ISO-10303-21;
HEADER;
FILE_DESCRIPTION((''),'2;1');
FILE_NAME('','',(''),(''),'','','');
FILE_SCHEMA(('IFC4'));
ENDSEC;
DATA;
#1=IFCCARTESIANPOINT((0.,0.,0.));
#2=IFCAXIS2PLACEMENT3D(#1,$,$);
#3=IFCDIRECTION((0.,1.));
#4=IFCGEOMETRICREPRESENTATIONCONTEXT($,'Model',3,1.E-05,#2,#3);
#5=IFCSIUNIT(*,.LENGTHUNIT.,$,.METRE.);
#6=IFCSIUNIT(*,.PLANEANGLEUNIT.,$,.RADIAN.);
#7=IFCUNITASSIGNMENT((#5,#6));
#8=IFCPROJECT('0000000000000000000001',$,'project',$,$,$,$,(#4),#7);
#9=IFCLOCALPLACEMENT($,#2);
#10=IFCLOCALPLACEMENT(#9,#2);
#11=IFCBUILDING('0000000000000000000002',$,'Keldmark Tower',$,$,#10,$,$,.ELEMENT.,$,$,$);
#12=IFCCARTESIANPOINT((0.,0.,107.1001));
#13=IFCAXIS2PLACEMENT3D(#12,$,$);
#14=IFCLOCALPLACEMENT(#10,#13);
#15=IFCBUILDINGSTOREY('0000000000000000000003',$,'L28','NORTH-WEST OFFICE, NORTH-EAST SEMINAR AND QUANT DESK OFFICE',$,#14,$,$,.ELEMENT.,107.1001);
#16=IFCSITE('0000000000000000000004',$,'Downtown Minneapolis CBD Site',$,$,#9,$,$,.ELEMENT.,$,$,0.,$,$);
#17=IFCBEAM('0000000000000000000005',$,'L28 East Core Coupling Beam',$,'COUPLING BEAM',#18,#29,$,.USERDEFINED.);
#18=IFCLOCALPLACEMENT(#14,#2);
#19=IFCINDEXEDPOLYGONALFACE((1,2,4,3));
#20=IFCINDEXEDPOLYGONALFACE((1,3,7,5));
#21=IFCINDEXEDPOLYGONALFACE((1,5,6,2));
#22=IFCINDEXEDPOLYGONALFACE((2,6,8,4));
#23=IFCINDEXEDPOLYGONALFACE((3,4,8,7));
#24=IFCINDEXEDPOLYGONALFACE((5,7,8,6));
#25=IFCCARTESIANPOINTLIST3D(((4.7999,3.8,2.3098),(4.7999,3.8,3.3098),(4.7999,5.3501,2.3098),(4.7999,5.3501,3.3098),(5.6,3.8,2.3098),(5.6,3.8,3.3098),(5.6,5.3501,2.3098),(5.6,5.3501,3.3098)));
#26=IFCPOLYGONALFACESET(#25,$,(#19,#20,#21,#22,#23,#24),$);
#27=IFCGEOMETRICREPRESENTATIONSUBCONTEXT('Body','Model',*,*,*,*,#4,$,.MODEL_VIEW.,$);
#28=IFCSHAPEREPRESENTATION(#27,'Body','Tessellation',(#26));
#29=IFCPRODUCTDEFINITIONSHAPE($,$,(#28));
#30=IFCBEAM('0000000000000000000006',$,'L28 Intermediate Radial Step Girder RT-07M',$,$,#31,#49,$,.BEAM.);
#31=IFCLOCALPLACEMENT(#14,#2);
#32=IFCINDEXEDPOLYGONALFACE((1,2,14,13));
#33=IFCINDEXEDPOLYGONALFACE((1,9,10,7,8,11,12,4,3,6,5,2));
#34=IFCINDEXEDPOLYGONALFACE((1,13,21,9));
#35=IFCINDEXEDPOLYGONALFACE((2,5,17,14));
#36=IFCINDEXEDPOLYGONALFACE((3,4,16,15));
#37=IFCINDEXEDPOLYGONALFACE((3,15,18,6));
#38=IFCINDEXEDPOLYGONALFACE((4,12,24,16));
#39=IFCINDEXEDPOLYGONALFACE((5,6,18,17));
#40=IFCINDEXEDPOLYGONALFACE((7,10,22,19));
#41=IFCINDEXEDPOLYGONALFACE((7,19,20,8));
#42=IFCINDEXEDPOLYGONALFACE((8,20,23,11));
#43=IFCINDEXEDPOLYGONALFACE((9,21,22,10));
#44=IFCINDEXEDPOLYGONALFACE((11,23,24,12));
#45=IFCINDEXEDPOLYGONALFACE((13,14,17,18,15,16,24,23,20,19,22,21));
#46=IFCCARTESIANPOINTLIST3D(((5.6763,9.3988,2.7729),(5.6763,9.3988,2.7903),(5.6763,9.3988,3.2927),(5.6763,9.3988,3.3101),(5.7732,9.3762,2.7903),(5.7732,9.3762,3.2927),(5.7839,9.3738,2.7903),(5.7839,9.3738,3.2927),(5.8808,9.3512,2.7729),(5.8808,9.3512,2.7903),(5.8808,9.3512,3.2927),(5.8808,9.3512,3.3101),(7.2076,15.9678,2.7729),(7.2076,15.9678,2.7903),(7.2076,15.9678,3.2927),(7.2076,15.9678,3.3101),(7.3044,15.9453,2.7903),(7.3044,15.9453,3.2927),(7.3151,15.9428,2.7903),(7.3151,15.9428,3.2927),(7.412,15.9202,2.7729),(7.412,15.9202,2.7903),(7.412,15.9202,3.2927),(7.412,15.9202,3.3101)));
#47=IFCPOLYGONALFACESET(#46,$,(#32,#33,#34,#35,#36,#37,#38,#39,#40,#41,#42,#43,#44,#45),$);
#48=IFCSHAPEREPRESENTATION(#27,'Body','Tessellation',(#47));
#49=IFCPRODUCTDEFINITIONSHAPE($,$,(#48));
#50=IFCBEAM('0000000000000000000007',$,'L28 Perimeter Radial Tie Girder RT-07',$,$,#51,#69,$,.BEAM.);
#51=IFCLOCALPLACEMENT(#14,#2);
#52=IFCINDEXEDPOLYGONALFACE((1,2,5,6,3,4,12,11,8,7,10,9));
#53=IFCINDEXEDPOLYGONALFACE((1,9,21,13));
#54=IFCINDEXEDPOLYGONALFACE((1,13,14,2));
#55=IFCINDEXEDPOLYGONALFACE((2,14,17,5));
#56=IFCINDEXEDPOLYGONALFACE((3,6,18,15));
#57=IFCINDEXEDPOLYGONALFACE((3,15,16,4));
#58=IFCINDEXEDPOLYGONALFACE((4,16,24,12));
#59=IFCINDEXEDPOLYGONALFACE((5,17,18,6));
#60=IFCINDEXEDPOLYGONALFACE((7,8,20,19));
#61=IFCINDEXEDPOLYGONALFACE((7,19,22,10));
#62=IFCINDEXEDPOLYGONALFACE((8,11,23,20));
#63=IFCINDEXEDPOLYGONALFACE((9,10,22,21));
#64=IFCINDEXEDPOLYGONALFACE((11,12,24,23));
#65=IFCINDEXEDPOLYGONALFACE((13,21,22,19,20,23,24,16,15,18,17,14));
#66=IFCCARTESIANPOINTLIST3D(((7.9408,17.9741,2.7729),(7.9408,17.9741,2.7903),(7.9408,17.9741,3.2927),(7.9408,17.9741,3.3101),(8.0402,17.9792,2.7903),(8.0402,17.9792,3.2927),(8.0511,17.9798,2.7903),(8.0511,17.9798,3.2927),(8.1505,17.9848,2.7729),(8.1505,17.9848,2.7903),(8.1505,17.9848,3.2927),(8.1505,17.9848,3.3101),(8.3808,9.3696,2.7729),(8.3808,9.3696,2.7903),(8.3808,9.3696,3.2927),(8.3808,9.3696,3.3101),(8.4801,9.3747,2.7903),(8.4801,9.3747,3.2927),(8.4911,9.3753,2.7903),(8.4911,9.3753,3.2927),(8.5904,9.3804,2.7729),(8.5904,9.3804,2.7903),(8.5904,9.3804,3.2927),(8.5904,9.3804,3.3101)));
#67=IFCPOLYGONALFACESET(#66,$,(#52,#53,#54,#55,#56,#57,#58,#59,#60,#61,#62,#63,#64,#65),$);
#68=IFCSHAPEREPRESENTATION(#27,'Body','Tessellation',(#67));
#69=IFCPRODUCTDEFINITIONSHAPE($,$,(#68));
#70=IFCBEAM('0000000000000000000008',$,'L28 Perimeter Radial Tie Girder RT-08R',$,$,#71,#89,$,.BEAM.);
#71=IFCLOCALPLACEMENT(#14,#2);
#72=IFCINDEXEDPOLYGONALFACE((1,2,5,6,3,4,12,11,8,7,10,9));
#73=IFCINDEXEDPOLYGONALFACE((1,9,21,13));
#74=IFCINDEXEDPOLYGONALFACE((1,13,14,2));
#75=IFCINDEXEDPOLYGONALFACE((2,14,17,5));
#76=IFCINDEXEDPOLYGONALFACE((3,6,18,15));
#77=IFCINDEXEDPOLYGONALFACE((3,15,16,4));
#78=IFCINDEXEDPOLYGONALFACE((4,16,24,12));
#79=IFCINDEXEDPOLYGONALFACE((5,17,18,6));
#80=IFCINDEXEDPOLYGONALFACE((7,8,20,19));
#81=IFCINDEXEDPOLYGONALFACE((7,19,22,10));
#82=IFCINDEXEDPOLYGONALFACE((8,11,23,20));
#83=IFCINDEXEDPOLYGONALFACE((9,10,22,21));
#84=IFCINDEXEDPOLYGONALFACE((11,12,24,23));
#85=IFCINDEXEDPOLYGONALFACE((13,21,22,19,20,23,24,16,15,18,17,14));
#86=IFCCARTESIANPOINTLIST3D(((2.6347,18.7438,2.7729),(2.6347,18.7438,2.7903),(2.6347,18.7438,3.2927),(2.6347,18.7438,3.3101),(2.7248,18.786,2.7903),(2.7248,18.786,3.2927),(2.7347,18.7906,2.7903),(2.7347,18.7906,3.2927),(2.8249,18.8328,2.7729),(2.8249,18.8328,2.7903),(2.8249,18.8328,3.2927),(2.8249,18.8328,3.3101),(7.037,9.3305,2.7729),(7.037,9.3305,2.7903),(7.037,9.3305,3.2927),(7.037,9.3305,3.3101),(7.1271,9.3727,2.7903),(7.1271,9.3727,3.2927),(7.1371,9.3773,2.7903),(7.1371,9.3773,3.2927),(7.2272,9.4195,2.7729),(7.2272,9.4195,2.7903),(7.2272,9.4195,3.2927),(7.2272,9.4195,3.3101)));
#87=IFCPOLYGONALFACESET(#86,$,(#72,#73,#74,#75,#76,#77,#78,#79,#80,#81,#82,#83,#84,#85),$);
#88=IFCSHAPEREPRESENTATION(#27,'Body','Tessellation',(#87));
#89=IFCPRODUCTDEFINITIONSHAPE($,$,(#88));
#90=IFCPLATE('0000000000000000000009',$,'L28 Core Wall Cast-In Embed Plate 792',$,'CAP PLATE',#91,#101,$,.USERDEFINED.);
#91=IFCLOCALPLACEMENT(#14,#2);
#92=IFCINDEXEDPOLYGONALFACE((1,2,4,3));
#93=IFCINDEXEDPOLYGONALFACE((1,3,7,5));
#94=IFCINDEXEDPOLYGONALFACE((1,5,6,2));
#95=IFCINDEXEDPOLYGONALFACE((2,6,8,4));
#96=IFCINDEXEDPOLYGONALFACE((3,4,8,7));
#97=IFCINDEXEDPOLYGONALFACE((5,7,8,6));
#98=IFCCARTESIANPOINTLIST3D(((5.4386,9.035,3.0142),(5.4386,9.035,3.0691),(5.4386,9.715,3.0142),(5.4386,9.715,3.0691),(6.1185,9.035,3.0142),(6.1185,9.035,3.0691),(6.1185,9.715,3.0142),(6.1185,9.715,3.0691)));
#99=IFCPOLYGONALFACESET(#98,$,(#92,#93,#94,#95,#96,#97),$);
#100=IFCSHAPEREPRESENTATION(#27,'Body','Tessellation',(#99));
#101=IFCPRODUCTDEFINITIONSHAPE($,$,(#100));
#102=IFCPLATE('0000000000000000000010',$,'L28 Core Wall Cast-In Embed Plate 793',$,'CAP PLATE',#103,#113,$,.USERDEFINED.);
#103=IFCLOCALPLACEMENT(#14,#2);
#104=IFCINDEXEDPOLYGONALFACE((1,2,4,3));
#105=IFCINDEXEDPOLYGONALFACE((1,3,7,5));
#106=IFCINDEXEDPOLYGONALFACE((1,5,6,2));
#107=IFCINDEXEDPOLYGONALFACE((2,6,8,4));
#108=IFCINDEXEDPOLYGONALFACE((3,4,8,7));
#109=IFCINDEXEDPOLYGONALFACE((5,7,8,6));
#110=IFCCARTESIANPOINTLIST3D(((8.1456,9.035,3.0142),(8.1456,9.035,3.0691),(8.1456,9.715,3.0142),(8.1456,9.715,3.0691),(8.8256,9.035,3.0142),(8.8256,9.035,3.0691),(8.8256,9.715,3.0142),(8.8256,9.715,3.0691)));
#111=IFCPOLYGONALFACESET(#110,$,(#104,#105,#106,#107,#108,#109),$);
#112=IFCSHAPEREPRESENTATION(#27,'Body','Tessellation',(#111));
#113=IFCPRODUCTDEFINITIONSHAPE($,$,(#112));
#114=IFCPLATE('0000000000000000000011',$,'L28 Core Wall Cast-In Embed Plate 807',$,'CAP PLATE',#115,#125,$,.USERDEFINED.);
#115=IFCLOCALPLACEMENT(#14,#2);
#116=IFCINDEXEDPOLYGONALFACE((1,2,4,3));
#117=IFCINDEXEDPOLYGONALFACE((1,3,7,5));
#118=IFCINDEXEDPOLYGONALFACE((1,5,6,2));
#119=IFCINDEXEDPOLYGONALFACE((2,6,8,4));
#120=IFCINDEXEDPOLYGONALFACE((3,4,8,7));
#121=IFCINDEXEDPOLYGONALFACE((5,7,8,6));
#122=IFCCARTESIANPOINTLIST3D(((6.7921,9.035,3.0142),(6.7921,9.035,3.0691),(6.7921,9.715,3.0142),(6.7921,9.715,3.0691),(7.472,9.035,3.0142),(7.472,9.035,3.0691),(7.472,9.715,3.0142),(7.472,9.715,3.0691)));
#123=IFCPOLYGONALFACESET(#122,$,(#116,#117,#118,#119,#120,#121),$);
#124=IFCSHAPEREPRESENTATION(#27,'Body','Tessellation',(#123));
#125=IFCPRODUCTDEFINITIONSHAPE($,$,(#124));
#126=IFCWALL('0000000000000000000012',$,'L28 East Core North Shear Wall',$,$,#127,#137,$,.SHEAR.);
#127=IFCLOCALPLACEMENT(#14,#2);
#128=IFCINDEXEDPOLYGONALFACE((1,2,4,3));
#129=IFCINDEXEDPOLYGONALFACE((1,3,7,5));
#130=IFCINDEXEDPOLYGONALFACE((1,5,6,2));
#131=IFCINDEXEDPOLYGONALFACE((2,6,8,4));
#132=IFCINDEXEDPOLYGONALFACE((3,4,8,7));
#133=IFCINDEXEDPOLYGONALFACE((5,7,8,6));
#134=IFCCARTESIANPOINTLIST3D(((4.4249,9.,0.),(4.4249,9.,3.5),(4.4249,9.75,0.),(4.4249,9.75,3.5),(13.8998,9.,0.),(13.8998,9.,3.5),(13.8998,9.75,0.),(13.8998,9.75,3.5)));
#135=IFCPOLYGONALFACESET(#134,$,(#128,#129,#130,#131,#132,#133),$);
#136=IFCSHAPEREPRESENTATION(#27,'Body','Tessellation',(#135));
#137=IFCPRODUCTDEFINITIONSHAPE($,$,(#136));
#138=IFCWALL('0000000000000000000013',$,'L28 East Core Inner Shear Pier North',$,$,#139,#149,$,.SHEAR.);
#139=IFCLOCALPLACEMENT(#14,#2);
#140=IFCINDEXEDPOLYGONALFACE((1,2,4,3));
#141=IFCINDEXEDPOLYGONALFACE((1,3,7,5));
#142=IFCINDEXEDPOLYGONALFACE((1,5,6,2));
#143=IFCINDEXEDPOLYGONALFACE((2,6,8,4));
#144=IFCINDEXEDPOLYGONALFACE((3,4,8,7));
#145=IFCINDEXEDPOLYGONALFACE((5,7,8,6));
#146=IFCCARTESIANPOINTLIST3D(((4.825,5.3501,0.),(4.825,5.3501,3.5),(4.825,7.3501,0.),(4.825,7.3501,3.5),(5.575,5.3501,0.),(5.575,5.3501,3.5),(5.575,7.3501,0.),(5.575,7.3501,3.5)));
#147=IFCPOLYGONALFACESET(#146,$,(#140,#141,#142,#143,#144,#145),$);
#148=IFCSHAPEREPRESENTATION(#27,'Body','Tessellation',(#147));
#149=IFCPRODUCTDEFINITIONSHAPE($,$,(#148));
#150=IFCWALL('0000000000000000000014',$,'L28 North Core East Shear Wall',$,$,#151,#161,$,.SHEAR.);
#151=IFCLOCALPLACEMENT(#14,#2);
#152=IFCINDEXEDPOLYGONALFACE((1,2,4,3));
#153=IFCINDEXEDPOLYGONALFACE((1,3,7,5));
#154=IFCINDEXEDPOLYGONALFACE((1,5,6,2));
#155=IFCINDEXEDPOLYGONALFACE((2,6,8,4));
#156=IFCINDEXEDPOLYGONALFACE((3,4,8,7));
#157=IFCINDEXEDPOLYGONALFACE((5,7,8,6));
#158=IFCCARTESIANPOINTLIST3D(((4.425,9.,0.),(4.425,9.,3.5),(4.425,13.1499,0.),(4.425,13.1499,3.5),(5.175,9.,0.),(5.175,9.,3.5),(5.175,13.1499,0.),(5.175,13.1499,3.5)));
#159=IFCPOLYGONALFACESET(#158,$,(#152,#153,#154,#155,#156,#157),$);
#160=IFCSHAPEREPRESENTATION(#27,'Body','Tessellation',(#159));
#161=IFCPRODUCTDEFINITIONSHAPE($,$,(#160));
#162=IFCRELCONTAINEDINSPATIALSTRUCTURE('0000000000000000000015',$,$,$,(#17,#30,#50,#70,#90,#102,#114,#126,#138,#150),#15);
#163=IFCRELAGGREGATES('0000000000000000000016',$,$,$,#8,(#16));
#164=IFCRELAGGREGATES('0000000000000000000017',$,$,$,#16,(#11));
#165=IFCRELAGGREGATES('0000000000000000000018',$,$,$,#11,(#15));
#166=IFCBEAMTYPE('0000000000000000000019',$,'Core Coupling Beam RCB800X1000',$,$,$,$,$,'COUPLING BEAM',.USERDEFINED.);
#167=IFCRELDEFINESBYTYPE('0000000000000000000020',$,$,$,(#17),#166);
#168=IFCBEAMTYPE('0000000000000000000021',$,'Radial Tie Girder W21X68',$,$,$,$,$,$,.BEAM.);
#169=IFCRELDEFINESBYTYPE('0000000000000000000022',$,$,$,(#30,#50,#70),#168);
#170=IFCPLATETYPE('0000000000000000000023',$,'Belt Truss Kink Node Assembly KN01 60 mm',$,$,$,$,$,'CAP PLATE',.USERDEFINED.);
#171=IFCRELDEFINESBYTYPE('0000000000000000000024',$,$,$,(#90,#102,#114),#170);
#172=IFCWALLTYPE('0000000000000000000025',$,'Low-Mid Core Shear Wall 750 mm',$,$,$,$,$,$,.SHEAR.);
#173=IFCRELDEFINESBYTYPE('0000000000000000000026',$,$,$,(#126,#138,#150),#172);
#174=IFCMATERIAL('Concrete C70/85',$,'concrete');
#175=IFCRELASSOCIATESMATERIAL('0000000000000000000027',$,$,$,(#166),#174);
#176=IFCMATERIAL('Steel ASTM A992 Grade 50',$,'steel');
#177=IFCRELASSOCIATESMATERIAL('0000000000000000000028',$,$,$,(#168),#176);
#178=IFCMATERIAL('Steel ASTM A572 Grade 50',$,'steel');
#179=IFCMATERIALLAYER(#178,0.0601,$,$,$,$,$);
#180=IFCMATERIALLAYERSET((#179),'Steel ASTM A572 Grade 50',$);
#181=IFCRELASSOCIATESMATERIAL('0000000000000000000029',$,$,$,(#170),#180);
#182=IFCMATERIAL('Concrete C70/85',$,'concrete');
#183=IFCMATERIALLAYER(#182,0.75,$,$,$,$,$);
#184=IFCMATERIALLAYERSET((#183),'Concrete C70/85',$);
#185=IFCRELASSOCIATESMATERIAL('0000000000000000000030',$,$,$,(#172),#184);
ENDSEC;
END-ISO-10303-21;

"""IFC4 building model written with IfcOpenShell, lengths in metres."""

from ifc_helpers import new_model, si_unit, direction, frame, frame_2d, origin, origin_2d, place, context, subcontext, project, spatial, rectangle, i_section, extrude, material, layer, layer_set, material_profile, profile_set, type_object, element, save


model = new_model("IFC4")

# Units and contexts
model_context = context("Model", 3, precision=1e-05, world=origin(), true_north=direction((0.0, 1.0)))
body_context = subcontext(model_context, "Body", "Model", "MODEL_VIEW")
ifc_project = project(units=[si_unit("LENGTHUNIT", "METRE"), si_unit("PLANEANGLEUNIT", "RADIAN")], contexts=[model_context])

# Site, building, storey
site_placement = place(None, origin())
site = spatial("IfcSite", under=ifc_project, at=site_placement, Name="Downtown Minneapolis CBD Site", CompositionType="ELEMENT", RefElevation=0.0)
building_placement = place(site_placement, origin())
building = spatial("IfcBuilding", under=site, at=building_placement, Name="Keldmark Tower", CompositionType="ELEMENT")
storey_placement = place(building_placement, frame((0.0, 0.0, 107.1001)))
storey = spatial("IfcBuildingStorey", under=building, at=storey_placement, Name="L28", Description="NORTH-WEST OFFICE, NORTH-EAST SEMINAR AND QUANT DESK OFFICE", CompositionType="ELEMENT", Elevation=107.1001)

# Beams
ifc_material_1 = material(Name="Concrete C70/85", Category="concrete")
ifc_material_profile_1 = material_profile(ifc_material_1, rectangle(XDim=0.8, YDim=1.0, at=origin_2d()), Name="RCB800X1000")
ifc_profile_set_1 = profile_set([ifc_material_profile_1], Name="Concrete C70/85")
beam_type_1 = type_object("IfcBeamType", Name="Core Coupling Beam RCB800X1000", ElementType="COUPLING BEAM", PredefinedType="USERDEFINED", material=ifc_profile_set_1)
beam_1_placement = place(storey_placement, frame((5.2, 3.8, 2.8098), z_axis=(0.0, 1.0, 0.0), x_axis=(-1.0, 0.0, 0.0)))
element("IfcBeam", 1, at=beam_1_placement, inside=storey, type_object=beam_type_1, Name="L28 East Core Coupling Beam", ObjectType="COUPLING BEAM", PredefinedType="USERDEFINED", context=body_context, shape_type="SweptSolid", body=[
    extrude(rectangle(XDim=0.8, YDim=1.0, at=origin_2d()), origin(), (0.0, 0.0, 1.0), 1.55),
])
ifc_material_2 = material(Name="Steel ASTM A992 Grade 50", Category="steel")
ifc_material_profile_2 = material_profile(ifc_material_2, i_section(OverallWidth=0.21, OverallDepth=0.5371, WebThickness=0.011, FlangeThickness=0.0173, at=origin_2d()), Name="W21X68")
ifc_profile_set_2 = profile_set([ifc_material_profile_2], Name="Steel ASTM A992 Grade 50")
beam_type_2 = type_object("IfcBeamType", Name="Radial Tie Girder W21X68", PredefinedType="BEAM", material=ifc_profile_set_2)
beam_2_placement = place(storey_placement, frame((5.7786, 9.375, 3.0415), z_axis=(0.227013, 0.973892, 0.0), x_axis=(-0.973892, 0.227013, 0.0)))
element("IfcBeam", 2, at=beam_2_placement, inside=storey, type_object=beam_type_2, Name="L28 Intermediate Radial Step Girder RT-07M", PredefinedType="BEAM", context=body_context, shape_type="SweptSolid", body=[
    extrude(i_section(OverallWidth=0.21, OverallDepth=0.5371, WebThickness=0.011, FlangeThickness=0.0173, at=origin_2d()), origin(), (0.0, 0.0, 1.0), 6.7451),
])
beam_3_placement = place(storey_placement, frame((8.4856, 9.375, 3.0415), z_axis=(-0.051063, 0.998695, 0.0), x_axis=(-0.998695, -0.051063, 0.0)))
element("IfcBeam", 3, at=beam_3_placement, inside=storey, type_object=beam_type_2, Name="L28 Perimeter Radial Tie Girder RT-07", PredefinedType="BEAM", context=body_context, shape_type="SweptSolid", body=[
    extrude(i_section(OverallWidth=0.21, OverallDepth=0.5371, WebThickness=0.011, FlangeThickness=0.0173, at=origin_2d()), origin(), (0.0, 0.0, 1.0), 8.6157),
])
beam_4_placement = place(storey_placement, frame((7.1321, 9.375, 3.0415), z_axis=(-0.423633, 0.905834, 0.0), x_axis=(-0.905834, -0.423633, 0.0)))
element("IfcBeam", 4, at=beam_4_placement, inside=storey, type_object=beam_type_2, Name="L28 Perimeter Radial Tie Girder RT-08R", PredefinedType="BEAM", context=body_context, shape_type="SweptSolid", body=[
    extrude(i_section(OverallWidth=0.21, OverallDepth=0.5371, WebThickness=0.011, FlangeThickness=0.0173, at=origin_2d()), origin(), (0.0, 0.0, 1.0), 10.3918),
])

# Plates
ifc_material_3 = material(Name="Steel ASTM A572 Grade 50", Category="steel")
ifc_layer_1 = layer(ifc_material_3, 0.0601)
ifc_layer_set_1 = layer_set([ifc_layer_1], Name="Steel ASTM A572 Grade 50")
plate_type = type_object("IfcPlateType", Name="Belt Truss Kink Node Assembly KN01 60 mm", ElementType="CAP PLATE", PredefinedType="USERDEFINED", material=ifc_layer_set_1)
for number, where, z_axis, x_axis, name in (
    (5, (5.7786, 9.375, 3.0142), (0.0, 0.0, 1.0), (1.0, 0.0, 0.0), "L28 Core Wall Cast-In Embed Plate 792"),
    (6, (8.4856, 9.375, 3.0142), (0.0, 0.0, 1.0), (1.0, 0.0, 0.0), "L28 Core Wall Cast-In Embed Plate 793"),
    (7, (7.1321, 9.375, 3.0142), (0.0, 0.0, 1.0), (1.0, 0.0, 0.0), "L28 Core Wall Cast-In Embed Plate 807"),
):
    element("IfcPlate", number, at=place(storey_placement, frame(where, z_axis=z_axis, x_axis=x_axis)), inside=storey, type_object=plate_type, Name=name, ObjectType="CAP PLATE", PredefinedType="USERDEFINED", context=body_context, shape_type="SweptSolid", body=[
        extrude(rectangle(XDim=0.6799, YDim=0.6799, at=origin_2d()), origin(), (0.0, 0.0, 1.0), 0.0549),
    ])

# Walls
ifc_material_4 = material(Name="Concrete C70/85", Category="concrete")
ifc_layer_2 = layer(ifc_material_4, 0.75)
ifc_layer_set_2 = layer_set([ifc_layer_2], Name="Concrete C70/85")
wall_type_1 = type_object("IfcWallType", Name="Low-Mid Core Shear Wall 750 mm", PredefinedType="SHEAR", material=ifc_layer_set_2)
wall_1_placement = place(storey_placement, frame((4.425, 9.375, 0.0), z_axis=(0.0, 0.0, 1.0), x_axis=(1.0, 0.0, 0.0)))
element("IfcWall", 8, at=wall_1_placement, inside=storey, type_object=wall_type_1, Name="L28 East Core North Shear Wall", PredefinedType="SHEAR", context=body_context, shape_type="SweptSolid", body=[
    extrude(rectangle(XDim=9.4749, YDim=0.75, at=frame_2d((4.7373, 0.0))), origin(), (0.0, 0.0, 1.0), 3.5),
])
wall_2_placement = place(storey_placement, frame((5.2, 5.3501, 0.0), z_axis=(0.0, 0.0, 1.0), x_axis=(0.0, 1.0, 0.0)))
element("IfcWall", 9, at=wall_2_placement, inside=storey, type_object=wall_type_1, Name="L28 East Core Inner Shear Pier North", PredefinedType="SHEAR", context=body_context, shape_type="SweptSolid", body=[
    extrude(rectangle(XDim=2.0, YDim=0.75, at=frame_2d((1.0, 0.0))), origin(), (0.0, 0.0, 1.0), 3.5),
])
wall_3_placement = place(storey_placement, frame((4.8, 9.0, 0.0), z_axis=(0.0, 0.0, 1.0), x_axis=(0.0, 1.0, 0.0)))
element("IfcWall", 10, at=wall_3_placement, inside=storey, type_object=wall_type_1, Name="L28 North Core East Shear Wall", PredefinedType="SHEAR", context=body_context, shape_type="SweptSolid", body=[
    extrude(rectangle(XDim=4.1499, YDim=0.75, at=frame_2d((2.075, 0.0))), origin(), (0.0, 0.0, 1.0), 3.5),
])

save(model, "model.ifc")
